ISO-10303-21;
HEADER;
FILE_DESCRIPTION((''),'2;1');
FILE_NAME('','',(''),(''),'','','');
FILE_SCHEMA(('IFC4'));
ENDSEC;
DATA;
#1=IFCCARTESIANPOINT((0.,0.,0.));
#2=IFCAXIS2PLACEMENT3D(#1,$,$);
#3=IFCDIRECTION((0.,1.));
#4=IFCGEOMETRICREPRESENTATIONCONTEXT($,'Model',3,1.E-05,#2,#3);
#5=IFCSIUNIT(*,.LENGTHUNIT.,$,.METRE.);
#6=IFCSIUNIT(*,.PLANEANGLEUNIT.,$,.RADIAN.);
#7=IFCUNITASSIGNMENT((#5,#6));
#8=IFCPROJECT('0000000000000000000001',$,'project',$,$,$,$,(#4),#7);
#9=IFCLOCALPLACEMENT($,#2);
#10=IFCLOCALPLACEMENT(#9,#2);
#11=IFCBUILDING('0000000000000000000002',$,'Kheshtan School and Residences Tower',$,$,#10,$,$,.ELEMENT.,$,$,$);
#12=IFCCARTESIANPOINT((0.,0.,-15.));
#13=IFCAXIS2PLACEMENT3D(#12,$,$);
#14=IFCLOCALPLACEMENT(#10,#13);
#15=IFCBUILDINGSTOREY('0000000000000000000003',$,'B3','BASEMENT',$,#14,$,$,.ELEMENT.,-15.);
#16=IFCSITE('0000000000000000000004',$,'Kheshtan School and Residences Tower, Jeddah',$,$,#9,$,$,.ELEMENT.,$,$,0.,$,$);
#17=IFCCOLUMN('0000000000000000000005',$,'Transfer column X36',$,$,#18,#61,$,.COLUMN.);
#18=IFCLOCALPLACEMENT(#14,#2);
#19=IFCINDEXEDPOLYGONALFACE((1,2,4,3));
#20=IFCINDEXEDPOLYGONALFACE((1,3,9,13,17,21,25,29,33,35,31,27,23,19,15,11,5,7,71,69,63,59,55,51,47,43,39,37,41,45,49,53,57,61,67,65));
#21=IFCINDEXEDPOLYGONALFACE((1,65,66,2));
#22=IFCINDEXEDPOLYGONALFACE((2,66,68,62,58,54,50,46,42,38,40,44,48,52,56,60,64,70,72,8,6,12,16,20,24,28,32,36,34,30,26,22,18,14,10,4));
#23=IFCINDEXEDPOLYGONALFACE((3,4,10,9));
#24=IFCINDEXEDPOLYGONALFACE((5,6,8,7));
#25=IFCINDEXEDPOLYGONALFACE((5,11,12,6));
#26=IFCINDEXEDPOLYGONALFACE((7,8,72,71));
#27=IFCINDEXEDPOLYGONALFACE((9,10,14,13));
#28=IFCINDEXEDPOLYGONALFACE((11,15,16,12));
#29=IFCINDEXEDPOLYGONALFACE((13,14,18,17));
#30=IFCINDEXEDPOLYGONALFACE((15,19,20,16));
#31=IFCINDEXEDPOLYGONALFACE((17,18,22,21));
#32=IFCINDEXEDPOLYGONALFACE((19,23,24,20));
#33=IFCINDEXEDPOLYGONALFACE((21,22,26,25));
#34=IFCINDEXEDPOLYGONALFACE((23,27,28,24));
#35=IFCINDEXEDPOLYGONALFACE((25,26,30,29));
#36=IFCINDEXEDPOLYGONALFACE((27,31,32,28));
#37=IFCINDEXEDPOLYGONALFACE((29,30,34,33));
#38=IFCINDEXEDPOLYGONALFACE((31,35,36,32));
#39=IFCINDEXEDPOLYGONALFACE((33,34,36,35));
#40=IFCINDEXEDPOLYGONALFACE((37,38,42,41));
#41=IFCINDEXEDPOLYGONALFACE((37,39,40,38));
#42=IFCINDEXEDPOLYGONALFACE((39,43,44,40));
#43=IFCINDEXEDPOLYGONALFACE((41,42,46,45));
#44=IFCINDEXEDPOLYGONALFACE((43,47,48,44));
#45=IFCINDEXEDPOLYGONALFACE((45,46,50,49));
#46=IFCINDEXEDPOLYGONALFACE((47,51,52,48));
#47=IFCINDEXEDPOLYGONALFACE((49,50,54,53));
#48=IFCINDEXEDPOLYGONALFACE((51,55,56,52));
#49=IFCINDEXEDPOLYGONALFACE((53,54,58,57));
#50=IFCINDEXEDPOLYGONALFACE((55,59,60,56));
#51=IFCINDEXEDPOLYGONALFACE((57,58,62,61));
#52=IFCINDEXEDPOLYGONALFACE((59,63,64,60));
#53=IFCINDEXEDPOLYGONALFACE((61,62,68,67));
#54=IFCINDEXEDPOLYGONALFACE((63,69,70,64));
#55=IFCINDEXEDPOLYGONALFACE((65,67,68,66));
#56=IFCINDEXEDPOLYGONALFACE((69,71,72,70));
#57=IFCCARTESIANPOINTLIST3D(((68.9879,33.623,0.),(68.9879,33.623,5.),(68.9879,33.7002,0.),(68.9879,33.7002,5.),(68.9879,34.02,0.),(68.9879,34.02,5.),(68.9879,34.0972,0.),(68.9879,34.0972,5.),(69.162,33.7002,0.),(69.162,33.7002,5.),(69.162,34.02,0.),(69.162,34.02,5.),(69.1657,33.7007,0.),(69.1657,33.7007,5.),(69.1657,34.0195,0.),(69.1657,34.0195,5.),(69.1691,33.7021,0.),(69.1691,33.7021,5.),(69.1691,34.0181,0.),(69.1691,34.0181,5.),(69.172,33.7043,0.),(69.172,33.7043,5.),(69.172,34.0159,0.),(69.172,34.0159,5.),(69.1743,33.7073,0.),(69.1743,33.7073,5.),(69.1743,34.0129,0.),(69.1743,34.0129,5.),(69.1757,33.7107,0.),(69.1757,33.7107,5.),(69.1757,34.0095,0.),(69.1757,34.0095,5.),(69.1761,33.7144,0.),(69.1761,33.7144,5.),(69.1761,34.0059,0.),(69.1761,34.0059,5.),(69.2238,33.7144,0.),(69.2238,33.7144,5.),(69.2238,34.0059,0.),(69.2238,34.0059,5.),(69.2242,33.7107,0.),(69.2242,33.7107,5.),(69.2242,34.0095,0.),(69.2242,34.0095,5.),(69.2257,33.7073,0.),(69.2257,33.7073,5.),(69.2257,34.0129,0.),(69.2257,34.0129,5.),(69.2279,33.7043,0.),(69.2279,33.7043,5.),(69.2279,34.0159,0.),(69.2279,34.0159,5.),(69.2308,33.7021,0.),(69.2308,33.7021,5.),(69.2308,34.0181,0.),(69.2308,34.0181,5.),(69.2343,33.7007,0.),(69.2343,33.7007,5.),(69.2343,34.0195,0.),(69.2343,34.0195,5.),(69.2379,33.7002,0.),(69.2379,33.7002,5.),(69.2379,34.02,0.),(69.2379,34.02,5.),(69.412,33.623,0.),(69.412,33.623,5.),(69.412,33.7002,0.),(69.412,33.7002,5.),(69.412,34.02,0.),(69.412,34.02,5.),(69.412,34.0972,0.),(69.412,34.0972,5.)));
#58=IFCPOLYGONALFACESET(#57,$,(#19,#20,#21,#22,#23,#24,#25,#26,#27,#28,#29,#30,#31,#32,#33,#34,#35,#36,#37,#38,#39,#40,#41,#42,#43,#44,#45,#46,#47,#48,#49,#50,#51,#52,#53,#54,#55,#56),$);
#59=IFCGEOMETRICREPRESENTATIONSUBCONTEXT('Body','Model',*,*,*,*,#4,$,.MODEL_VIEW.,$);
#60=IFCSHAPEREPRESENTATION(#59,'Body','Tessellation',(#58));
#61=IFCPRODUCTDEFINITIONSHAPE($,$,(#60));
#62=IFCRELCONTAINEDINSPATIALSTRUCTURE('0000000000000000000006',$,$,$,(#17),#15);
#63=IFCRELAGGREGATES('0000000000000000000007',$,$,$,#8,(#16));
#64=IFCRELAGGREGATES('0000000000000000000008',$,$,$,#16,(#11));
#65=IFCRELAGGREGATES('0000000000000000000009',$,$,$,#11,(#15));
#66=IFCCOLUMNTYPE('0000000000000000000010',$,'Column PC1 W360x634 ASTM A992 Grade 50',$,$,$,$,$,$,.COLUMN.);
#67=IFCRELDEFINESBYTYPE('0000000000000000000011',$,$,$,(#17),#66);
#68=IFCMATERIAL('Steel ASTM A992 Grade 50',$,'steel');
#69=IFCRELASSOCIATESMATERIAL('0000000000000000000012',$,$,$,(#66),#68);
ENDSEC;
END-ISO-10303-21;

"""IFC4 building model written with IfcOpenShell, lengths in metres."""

from ifc_helpers import new_model, si_unit, direction, frame, origin, origin_2d, place, context, subcontext, project, spatial, i_section, extrude, material, material_profile, profile_set, type_object, element, save


model = new_model("IFC4")

# Units and contexts
model_context = context("Model", 3, precision=1e-05, world=origin(), true_north=direction((0.0, 1.0)))
body_context = subcontext(model_context, "Body", "Model", "MODEL_VIEW")
ifc_project = project(units=[si_unit("LENGTHUNIT", "METRE"), si_unit("PLANEANGLEUNIT", "RADIAN")], contexts=[model_context])

# Site, building, storey
site_placement = place(None, origin())
site = spatial("IfcSite", under=ifc_project, at=site_placement, Name="Kheshtan School and Residences Tower, Jeddah", CompositionType="ELEMENT", RefElevation=0.0)
building_placement = place(site_placement, origin())
building = spatial("IfcBuilding", under=site, at=building_placement, Name="Kheshtan School and Residences Tower", CompositionType="ELEMENT")
storey_placement = place(building_placement, frame((0.0, 0.0, -15.0)))
storey = spatial("IfcBuildingStorey", under=building, at=storey_placement, Name="B3", Description="BASEMENT", CompositionType="ELEMENT", Elevation=-15.0)

# Column
ifc_material_1 = material(Name="Steel ASTM A992 Grade 50", Category="steel")
ifc_material_profile_1 = material_profile(ifc_material_1, i_section(OverallWidth=0.4241, OverallDepth=0.4741, WebThickness=0.0476, FlangeThickness=0.0771, FilletRadius=0.0142, at=origin_2d()), Name="W360x634")
ifc_profile_set_1 = profile_set([ifc_material_profile_1], Name="Steel ASTM A992 Grade 50")
column_type = type_object("IfcColumnType", Name="Column PC1 W360x634 ASTM A992 Grade 50", PredefinedType="COLUMN", material=ifc_profile_set_1)
for number, where, z_axis, x_axis, name in (
    (1, (69.2, 33.8601, 0.0), (0.0, 0.0, 1.0), (1.0, 0.0, 0.0), "Transfer column X36"),
):
    element("IfcColumn", number, at=place(storey_placement, frame(where, z_axis=z_axis, x_axis=x_axis)), inside=storey, type_object=column_type, Name=name, PredefinedType="COLUMN", context=body_context, shape_type="SweptSolid", body=[
        extrude(i_section(OverallWidth=0.4241, OverallDepth=0.4741, WebThickness=0.0476, FlangeThickness=0.0771, FilletRadius=0.0142, at=origin_2d()), origin(), (0.0, 0.0, 1.0), 5.0),
    ])

save(model, "model.ifc")
